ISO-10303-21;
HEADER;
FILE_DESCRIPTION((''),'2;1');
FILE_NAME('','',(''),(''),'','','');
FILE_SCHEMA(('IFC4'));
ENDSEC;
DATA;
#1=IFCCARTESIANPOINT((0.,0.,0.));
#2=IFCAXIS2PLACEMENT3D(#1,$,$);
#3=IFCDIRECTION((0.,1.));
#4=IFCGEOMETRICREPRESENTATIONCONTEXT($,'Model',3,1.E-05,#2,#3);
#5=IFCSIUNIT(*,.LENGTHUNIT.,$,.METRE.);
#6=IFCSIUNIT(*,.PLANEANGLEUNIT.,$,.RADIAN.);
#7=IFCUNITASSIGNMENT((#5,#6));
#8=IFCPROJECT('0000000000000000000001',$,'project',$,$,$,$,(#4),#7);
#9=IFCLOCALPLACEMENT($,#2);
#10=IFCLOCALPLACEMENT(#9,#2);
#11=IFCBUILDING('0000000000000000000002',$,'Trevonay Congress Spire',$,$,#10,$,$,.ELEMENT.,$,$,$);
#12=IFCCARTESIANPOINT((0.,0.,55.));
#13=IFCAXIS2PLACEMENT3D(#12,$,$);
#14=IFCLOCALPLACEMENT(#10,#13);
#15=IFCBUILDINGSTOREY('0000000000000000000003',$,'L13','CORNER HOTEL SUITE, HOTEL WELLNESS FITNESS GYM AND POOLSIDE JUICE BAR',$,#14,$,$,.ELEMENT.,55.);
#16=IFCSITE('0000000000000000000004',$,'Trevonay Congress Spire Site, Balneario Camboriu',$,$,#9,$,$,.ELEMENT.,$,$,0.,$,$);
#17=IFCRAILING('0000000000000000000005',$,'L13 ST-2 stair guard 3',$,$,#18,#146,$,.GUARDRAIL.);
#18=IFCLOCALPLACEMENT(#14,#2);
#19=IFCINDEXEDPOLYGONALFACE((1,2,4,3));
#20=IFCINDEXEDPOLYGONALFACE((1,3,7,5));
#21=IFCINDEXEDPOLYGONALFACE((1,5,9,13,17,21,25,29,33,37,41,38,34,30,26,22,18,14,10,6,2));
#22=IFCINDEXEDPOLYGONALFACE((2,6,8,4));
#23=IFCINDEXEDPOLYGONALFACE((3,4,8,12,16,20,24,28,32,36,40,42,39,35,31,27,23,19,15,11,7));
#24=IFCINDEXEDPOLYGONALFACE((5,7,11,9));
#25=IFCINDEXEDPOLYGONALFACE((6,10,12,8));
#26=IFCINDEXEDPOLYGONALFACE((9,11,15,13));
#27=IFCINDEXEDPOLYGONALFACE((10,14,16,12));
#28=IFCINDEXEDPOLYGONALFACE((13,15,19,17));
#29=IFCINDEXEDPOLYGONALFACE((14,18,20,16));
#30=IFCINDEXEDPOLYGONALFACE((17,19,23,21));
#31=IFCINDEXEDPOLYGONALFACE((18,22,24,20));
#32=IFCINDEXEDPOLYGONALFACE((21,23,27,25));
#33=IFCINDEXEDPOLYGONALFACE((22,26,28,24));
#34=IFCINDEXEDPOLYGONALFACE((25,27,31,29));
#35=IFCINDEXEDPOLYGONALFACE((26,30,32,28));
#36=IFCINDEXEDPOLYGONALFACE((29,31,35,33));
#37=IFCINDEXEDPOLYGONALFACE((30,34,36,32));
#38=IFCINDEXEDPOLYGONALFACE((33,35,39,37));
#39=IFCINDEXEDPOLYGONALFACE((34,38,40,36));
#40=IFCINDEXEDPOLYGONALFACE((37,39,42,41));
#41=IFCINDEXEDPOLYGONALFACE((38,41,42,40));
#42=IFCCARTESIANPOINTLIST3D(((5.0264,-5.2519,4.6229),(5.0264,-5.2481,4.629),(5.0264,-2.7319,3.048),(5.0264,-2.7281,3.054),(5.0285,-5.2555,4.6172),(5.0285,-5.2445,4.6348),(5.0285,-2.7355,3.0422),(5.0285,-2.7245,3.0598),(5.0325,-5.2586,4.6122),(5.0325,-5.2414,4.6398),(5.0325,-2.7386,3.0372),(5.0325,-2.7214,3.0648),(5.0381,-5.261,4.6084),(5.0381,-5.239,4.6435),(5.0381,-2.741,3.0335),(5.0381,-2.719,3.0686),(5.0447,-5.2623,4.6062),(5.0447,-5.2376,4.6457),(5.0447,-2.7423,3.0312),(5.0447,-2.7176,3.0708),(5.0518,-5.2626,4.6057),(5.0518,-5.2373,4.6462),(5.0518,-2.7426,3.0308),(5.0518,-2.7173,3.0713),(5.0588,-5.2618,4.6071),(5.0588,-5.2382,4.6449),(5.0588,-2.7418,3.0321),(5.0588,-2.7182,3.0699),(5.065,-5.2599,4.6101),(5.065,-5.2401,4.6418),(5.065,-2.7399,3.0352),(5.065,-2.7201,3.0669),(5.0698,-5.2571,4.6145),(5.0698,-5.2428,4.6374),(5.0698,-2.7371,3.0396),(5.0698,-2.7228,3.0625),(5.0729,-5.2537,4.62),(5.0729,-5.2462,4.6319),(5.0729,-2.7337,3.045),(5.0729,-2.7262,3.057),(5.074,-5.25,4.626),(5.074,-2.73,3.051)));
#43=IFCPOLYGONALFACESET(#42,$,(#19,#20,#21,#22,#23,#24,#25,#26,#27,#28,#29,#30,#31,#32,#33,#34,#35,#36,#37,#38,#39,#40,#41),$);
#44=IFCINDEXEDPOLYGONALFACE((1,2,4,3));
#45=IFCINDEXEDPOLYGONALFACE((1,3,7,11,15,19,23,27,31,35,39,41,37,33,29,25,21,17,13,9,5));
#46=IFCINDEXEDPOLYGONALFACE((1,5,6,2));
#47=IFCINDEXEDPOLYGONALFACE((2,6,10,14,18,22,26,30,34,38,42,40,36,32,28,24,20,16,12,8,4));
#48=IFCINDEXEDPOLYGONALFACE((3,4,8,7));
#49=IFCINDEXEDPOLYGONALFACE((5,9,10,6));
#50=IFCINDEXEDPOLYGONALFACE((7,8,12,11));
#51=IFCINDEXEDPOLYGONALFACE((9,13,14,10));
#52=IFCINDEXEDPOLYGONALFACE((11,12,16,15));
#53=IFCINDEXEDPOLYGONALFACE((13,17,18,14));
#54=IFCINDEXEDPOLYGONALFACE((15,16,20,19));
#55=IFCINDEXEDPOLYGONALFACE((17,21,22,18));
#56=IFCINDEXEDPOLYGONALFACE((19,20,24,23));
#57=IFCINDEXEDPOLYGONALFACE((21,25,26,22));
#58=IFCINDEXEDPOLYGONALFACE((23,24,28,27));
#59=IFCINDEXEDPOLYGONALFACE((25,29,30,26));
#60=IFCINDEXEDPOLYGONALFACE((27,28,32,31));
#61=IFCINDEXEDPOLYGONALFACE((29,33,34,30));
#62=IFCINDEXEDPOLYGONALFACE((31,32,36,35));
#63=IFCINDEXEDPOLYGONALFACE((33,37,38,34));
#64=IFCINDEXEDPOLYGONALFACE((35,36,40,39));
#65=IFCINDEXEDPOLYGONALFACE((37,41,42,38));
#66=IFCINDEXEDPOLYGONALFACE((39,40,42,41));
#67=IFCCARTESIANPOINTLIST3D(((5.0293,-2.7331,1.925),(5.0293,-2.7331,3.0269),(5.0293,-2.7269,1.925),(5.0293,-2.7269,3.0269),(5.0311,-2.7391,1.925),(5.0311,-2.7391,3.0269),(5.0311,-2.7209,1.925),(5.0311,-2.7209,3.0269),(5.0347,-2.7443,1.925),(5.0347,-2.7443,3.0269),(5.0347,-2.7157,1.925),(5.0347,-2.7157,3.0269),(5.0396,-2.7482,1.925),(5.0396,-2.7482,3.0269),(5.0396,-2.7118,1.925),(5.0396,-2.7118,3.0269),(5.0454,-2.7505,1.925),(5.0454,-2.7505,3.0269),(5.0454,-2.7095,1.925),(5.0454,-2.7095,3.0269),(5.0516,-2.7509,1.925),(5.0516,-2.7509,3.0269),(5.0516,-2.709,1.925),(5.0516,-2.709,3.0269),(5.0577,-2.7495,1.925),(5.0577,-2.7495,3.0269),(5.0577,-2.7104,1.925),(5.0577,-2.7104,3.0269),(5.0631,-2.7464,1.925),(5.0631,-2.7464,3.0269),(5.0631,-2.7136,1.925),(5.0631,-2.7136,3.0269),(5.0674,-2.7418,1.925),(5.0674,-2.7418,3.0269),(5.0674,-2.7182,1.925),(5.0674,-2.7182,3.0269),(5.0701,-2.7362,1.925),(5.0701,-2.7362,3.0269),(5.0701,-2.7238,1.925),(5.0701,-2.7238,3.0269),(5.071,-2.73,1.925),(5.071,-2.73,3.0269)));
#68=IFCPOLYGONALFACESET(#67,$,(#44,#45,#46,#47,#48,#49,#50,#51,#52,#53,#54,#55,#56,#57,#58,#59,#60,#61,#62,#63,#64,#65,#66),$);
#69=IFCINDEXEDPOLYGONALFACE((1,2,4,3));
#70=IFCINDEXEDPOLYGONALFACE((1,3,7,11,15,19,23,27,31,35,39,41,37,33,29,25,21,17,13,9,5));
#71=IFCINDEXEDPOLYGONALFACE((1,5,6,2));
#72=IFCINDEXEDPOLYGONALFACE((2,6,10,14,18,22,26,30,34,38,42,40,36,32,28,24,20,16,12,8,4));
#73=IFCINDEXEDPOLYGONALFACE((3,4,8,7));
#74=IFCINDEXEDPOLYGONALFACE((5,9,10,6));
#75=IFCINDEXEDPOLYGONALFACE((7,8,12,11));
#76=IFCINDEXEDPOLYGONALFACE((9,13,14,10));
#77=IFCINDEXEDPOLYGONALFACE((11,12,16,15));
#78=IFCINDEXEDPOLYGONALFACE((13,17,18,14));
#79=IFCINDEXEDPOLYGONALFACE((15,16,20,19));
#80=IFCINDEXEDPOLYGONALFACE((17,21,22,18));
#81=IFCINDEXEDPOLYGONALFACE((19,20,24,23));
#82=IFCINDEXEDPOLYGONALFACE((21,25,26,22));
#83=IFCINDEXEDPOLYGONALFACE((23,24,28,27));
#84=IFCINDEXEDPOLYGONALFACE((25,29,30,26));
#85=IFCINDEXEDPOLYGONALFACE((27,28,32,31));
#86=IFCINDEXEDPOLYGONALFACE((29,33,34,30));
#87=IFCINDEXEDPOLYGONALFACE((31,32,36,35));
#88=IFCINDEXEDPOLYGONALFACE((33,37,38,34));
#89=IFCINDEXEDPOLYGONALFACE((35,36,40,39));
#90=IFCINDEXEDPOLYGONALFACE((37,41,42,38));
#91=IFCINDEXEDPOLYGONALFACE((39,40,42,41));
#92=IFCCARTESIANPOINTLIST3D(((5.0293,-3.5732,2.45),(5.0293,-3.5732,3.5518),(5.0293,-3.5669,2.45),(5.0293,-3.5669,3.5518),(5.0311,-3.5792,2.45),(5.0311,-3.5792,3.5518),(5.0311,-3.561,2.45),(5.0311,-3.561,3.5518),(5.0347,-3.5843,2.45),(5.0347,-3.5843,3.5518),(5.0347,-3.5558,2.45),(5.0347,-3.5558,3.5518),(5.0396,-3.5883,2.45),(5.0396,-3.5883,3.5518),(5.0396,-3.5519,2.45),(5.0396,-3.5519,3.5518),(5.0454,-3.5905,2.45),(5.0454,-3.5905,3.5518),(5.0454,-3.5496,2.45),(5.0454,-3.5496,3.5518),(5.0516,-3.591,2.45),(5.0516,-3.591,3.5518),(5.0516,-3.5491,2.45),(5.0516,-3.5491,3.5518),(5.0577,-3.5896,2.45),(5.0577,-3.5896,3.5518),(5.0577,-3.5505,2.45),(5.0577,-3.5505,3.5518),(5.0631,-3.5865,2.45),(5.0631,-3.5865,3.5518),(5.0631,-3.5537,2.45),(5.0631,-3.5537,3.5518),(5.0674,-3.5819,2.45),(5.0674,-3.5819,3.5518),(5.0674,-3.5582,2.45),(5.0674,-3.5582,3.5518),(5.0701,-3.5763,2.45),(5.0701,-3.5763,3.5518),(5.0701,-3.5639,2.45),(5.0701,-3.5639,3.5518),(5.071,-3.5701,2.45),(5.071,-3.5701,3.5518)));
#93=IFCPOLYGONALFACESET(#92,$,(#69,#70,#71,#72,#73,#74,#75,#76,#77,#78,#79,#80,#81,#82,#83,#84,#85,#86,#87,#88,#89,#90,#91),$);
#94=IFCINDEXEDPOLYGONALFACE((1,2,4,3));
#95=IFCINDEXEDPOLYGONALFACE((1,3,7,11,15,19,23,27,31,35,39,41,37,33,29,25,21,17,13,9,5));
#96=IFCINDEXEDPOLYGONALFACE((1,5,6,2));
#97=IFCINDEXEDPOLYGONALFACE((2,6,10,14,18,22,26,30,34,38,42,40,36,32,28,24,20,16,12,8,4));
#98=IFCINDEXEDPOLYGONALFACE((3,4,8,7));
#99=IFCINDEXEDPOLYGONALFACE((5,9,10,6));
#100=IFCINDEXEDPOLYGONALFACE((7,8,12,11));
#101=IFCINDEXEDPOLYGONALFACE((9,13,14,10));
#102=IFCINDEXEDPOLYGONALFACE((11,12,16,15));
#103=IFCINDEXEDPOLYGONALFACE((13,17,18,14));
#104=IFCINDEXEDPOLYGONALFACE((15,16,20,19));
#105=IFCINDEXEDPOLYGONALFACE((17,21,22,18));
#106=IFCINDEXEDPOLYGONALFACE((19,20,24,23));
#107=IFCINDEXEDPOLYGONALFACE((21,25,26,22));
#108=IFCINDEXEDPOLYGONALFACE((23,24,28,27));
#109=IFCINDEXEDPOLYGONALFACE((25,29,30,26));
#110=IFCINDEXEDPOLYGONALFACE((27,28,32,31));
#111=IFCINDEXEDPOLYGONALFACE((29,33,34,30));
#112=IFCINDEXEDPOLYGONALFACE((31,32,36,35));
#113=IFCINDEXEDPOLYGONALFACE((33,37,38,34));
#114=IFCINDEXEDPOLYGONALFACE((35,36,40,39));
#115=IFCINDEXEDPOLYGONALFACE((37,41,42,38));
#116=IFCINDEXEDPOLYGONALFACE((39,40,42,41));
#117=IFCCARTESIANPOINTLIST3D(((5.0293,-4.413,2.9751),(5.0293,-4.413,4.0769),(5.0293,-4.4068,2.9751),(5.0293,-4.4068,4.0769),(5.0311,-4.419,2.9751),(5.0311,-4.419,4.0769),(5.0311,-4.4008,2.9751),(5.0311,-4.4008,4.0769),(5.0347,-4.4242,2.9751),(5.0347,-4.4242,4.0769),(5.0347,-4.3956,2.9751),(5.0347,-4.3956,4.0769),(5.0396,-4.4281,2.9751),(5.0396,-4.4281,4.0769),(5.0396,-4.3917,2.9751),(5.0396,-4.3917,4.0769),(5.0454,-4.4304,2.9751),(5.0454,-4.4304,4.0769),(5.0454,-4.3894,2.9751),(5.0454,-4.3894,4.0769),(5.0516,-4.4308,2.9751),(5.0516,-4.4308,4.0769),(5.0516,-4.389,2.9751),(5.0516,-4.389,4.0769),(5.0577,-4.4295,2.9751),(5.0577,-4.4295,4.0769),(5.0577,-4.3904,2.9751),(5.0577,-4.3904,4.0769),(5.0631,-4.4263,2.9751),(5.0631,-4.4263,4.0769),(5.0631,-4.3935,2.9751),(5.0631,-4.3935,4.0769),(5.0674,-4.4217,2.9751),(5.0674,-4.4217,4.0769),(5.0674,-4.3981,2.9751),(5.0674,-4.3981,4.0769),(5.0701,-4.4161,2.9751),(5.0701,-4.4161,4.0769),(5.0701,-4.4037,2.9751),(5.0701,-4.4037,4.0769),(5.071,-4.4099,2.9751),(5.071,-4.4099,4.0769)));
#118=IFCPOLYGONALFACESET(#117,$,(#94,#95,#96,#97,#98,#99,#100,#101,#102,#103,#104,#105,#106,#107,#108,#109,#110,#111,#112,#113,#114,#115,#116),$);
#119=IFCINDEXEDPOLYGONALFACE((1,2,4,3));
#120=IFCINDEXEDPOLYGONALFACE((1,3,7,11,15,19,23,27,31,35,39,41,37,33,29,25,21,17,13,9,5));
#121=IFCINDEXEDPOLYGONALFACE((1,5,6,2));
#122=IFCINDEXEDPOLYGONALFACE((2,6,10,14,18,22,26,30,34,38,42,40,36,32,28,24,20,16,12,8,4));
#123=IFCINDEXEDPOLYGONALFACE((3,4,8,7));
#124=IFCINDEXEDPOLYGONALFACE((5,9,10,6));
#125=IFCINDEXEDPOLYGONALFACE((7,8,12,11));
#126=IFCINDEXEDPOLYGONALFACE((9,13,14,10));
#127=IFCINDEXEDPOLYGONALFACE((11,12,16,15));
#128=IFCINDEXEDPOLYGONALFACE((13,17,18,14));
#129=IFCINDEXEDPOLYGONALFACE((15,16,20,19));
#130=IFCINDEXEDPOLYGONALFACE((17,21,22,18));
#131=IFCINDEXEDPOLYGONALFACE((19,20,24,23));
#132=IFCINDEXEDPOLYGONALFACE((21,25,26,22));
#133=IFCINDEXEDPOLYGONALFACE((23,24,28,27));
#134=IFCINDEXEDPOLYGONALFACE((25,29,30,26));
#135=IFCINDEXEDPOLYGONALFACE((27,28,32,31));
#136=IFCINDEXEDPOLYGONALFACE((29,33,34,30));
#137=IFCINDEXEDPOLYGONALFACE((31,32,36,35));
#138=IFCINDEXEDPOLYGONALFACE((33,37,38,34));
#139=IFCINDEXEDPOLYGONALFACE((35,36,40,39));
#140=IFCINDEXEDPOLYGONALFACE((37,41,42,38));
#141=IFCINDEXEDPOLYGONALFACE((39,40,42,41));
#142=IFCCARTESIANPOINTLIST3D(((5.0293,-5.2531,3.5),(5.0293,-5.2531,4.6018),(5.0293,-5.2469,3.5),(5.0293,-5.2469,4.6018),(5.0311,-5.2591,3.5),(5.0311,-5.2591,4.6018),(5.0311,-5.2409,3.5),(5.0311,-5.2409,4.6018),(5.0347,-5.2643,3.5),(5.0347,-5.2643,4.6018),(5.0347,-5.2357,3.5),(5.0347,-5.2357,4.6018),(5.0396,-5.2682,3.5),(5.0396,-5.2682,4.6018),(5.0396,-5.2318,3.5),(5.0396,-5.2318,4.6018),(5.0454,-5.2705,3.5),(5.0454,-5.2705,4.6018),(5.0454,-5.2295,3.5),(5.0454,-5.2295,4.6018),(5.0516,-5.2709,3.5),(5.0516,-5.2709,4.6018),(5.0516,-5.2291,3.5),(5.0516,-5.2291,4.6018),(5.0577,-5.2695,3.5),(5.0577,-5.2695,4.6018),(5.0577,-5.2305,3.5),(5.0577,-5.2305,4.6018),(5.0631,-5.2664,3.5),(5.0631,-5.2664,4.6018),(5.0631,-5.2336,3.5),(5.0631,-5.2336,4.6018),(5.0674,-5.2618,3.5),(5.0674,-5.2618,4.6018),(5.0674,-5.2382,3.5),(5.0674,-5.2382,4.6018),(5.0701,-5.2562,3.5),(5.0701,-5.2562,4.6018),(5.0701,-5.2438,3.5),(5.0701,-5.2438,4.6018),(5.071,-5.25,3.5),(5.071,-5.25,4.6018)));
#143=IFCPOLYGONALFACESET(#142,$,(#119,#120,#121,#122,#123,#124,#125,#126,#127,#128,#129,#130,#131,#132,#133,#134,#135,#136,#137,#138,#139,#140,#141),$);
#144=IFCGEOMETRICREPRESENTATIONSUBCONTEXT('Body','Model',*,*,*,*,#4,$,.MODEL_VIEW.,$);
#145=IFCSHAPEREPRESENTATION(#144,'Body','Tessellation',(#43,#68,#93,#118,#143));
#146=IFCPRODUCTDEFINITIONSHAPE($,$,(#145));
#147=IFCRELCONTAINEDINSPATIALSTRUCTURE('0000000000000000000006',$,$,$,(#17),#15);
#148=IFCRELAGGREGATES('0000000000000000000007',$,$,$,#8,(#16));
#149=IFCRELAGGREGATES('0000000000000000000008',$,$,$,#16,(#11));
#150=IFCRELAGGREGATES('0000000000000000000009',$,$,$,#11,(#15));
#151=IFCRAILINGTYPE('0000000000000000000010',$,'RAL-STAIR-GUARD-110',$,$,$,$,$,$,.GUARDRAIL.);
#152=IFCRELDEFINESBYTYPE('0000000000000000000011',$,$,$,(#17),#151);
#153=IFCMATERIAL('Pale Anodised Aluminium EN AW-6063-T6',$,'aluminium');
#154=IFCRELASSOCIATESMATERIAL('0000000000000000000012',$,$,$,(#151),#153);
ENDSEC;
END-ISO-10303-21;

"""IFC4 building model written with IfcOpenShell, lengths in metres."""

from ifc_helpers import new_model, si_unit, direction, frame, origin, origin_2d, place, context, subcontext, project, spatial, circle, extrude, material, type_object, element, save


model = new_model("IFC4")

# Units and contexts
model_context = context("Model", 3, precision=1e-05, world=origin(), true_north=direction((0.0, 1.0)))
body_context = subcontext(model_context, "Body", "Model", "MODEL_VIEW")
ifc_project = project(units=[si_unit("LENGTHUNIT", "METRE"), si_unit("PLANEANGLEUNIT", "RADIAN")], contexts=[model_context])

# Site, building, storey
site_placement = place(None, origin())
site = spatial("IfcSite", under=ifc_project, at=site_placement, Name="Trevonay Congress Spire Site, Balneario Camboriu", CompositionType="ELEMENT", RefElevation=0.0)
building_placement = place(site_placement, origin())
building = spatial("IfcBuilding", under=site, at=building_placement, Name="Trevonay Congress Spire", CompositionType="ELEMENT")
storey_placement = place(building_placement, frame((0.0, 0.0, 55.0)))
storey = spatial("IfcBuildingStorey", under=building, at=storey_placement, Name="L13", Description="CORNER HOTEL SUITE, HOTEL WELLNESS FITNESS GYM AND POOLSIDE JUICE BAR", CompositionType="ELEMENT", Elevation=55.0)

# Railing
ifc_material_1 = material(Name="Pale Anodised Aluminium EN AW-6063-T6", Category="aluminium")
railing_type_1 = type_object("IfcRailingType", Name="RAL-STAIR-GUARD-110", PredefinedType="GUARDRAIL", material=ifc_material_1)
railing_1_placement = place(storey_placement, frame((5.05, -2.73, 1.925)))
element("IfcRailing", 1, at=railing_1_placement, inside=storey, type_object=railing_type_1, Name="L13 ST-2 stair guard 3", PredefinedType="GUARDRAIL", context=body_context, shape_type="SweptSolid", body=[
    extrude(circle(Radius=0.0239, at=origin_2d()), frame((0.0, 0.0, 1.126), z_axis=(0.0, -0.848008, 0.529984), x_axis=(1.0, 0.0, 0.0)), (0.0, 0.0, 1.0), 2.9717),
    extrude(circle(Radius=0.021, at=origin_2d()), origin(), (0.0, 0.0, 1.0), 1.1018),
    extrude(circle(Radius=0.021, at=origin_2d()), frame((0.0, -0.8401, 0.5249)), (0.0, 0.0, 1.0), 1.1018),
    extrude(circle(Radius=0.021, at=origin_2d()), frame((0.0, -1.6799, 1.05)), (0.0, 0.0, 1.0), 1.1018),
    extrude(circle(Radius=0.021, at=origin_2d()), frame((0.0, -2.52, 1.575)), (0.0, 0.0, 1.0), 1.1018),
])

save(model, "model.ifc")
